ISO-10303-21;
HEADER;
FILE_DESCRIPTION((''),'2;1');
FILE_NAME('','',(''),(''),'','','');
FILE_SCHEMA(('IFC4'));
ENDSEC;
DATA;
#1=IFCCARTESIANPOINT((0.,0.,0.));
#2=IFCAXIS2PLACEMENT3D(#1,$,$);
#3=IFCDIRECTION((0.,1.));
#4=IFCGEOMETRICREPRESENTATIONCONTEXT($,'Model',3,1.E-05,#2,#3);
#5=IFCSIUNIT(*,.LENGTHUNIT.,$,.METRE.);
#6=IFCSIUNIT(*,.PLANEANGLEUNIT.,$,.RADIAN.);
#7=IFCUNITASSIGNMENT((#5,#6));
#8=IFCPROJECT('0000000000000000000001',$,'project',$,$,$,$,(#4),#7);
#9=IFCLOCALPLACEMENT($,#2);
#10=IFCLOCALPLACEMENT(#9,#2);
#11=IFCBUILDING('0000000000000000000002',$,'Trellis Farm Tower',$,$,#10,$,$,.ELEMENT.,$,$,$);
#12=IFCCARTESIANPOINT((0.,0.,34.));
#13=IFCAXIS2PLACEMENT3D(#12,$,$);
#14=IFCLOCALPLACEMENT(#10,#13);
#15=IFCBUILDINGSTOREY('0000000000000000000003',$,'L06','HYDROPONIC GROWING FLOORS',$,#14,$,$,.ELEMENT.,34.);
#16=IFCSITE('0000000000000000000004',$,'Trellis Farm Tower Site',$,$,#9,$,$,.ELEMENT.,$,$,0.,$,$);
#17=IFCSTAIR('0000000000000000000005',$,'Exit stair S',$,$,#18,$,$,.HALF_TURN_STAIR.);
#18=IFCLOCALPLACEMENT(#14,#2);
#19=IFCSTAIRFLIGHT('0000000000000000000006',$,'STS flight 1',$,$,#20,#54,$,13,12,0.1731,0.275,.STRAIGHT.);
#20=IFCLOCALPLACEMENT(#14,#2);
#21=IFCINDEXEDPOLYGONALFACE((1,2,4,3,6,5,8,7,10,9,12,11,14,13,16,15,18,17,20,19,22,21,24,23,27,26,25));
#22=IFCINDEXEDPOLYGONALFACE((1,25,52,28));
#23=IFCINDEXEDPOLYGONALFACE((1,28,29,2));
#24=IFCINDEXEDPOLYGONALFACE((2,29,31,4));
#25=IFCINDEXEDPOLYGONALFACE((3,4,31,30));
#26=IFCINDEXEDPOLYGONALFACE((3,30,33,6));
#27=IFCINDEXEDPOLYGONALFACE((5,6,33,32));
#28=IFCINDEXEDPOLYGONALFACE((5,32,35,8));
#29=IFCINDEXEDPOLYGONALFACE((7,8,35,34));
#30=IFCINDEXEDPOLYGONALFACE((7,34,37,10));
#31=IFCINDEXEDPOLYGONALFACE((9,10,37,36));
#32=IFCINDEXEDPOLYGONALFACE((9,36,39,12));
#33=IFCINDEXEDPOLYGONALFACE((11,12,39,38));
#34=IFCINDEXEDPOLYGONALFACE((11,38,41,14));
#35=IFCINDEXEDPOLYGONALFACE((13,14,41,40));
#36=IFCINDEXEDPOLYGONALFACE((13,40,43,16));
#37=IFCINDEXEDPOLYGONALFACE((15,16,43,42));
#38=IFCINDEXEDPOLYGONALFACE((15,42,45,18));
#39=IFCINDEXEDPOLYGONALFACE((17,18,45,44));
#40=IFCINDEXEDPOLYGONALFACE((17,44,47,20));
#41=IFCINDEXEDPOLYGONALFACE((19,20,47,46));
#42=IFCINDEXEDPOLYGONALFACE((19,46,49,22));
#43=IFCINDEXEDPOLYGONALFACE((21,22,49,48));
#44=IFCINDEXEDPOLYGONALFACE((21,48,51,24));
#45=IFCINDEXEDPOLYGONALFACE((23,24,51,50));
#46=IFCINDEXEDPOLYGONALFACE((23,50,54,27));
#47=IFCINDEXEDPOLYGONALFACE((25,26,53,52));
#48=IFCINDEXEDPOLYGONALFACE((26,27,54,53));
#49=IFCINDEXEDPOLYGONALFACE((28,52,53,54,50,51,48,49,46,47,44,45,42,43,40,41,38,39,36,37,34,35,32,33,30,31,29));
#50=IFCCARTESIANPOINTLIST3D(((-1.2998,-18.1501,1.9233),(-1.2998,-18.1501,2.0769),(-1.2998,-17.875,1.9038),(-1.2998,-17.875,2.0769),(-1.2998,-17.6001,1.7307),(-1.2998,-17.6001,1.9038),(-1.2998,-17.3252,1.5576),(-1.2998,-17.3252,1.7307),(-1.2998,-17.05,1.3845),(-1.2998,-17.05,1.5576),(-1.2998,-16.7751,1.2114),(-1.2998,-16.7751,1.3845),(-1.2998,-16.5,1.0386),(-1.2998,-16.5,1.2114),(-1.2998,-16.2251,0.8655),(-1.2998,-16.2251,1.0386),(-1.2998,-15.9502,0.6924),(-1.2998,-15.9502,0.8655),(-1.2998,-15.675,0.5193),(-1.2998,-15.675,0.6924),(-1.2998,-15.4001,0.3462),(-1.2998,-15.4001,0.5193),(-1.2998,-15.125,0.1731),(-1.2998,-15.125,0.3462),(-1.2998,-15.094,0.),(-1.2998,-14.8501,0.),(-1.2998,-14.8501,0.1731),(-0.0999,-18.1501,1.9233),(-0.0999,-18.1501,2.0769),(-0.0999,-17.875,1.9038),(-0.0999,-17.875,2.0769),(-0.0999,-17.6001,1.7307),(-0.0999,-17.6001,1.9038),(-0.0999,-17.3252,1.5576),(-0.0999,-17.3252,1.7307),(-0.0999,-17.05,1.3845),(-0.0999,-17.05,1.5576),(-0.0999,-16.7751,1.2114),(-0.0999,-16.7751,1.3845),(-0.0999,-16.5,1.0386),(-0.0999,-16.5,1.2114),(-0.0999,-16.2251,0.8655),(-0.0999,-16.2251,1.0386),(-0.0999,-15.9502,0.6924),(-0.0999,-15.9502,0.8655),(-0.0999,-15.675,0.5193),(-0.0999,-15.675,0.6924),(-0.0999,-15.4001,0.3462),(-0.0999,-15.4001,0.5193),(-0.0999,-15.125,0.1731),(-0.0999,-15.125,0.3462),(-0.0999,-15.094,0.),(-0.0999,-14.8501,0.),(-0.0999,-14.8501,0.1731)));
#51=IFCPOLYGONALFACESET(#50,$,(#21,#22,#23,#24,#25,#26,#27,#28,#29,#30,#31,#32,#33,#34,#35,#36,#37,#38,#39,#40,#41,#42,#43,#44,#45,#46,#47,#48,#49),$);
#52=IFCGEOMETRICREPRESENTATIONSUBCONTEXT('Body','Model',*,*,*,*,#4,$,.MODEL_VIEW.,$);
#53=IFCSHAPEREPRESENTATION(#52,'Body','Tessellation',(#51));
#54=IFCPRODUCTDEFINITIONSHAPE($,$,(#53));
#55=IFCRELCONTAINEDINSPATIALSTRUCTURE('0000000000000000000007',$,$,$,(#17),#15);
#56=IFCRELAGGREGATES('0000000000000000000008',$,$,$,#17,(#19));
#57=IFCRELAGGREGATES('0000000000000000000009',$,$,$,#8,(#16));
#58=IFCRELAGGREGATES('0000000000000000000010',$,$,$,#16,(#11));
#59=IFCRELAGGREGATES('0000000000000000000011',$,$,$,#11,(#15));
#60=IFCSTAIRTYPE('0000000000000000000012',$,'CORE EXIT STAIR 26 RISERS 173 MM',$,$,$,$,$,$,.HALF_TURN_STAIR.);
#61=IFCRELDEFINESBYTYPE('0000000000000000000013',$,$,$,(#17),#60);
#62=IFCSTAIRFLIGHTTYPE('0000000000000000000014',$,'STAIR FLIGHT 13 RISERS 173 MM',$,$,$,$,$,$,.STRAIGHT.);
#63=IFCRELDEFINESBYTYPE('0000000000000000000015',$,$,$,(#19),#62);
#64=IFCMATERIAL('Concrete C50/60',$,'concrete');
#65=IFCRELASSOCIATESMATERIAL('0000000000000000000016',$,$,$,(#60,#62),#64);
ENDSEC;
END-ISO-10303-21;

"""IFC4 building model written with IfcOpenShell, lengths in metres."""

from ifc_helpers import new_model, si_unit, direction, frame, origin, place, context, subcontext, project, spatial, polyline, outline, extrude, source, transform, mapped, material, type_object, element, aggregate, save


model = new_model("IFC4")

# Units and contexts
model_context = context("Model", 3, precision=1e-05, world=origin(), true_north=direction((0.0, 1.0)))
body_context = subcontext(model_context, "Body", "Model", "MODEL_VIEW")
ifc_project = project(units=[si_unit("LENGTHUNIT", "METRE"), si_unit("PLANEANGLEUNIT", "RADIAN")], contexts=[model_context])

# Site, building, storey
site_placement = place(None, origin())
site = spatial("IfcSite", under=ifc_project, at=site_placement, Name="Trellis Farm Tower Site", CompositionType="ELEMENT", RefElevation=0.0)
building_placement = place(site_placement, origin())
building = spatial("IfcBuilding", under=site, at=building_placement, Name="Trellis Farm Tower", CompositionType="ELEMENT")
storey_placement = place(building_placement, frame((0.0, 0.0, 34.0)))
storey = spatial("IfcBuildingStorey", under=building, at=storey_placement, Name="L06", Description="HYDROPONIC GROWING FLOORS", CompositionType="ELEMENT", Elevation=34.0)

# Shared definitions
placement = place(storey_placement, origin())

# Stair, stair flight
ifc_material_1 = material(Name="Concrete C50/60", Category="concrete")
stair_type = type_object("IfcStairType", Name="CORE EXIT STAIR 26 RISERS 173 MM", PredefinedType="HALF_TURN_STAIR", material=ifc_material_1)
stair = element("IfcStair", 1, at=placement, inside=storey, type_object=stair_type, Name="Exit stair S", PredefinedType="HALF_TURN_STAIR")
stair_flight_type = type_object("IfcStairFlightType", Name="STAIR FLIGHT 13 RISERS 173 MM", PredefinedType="STRAIGHT", material=ifc_material_1)
shared_shape_1 = source(origin(), body_context, "Body", "SweptSolid", [
    extrude(outline(polyline([(0.0, 0.0), (0.0, 0.1731), (0.2749, 0.1731), (0.2749, 0.3462), (0.55, 0.3462), (0.55, 0.5193), (0.825, 0.5193), (0.825, 0.6924), (1.1001, 0.6924), (1.1001, 0.8655), (1.375, 0.8655), (1.375, 1.0386), (1.6499, 1.0386), (1.6499, 1.2114), (1.925, 1.2114), (1.925, 1.3845), (2.2, 1.3845), (2.2, 1.5576), (2.4751, 1.5576), (2.4751, 1.7307), (2.75, 1.7307), (2.75, 1.9038), (3.0249, 1.9038), (3.0249, 2.0769), (3.3, 2.0769), (3.3, 2.25), (3.3, 1.9233), (0.2439, 0.0), (0.0, 0.0)])), frame((0.0, 0.6001, 0.0), z_axis=(0.0, -1.0, 0.0), x_axis=(1.0, 0.0, 0.0)), (0.0, 0.0, 1.0), 1.2),
])
stair_flight_placement = place(storey_placement, frame((-0.7, -14.8501, 0.0), z_axis=(0.0, 0.0, 1.0), x_axis=(0.0, -1.0, 0.0)))
stair_flight = element("IfcStairFlight", 2, at=stair_flight_placement, type_object=stair_flight_type, Name="STS flight 1", NumberOfRisers=13, NumberOfTreads=12, PredefinedType="STRAIGHT", RiserHeight=0.1731, TreadLength=0.275, context=body_context, shape_type="MappedRepresentation", body=[
    mapped(shared_shape_1, transform((0.0, 0.0, 0.0))),
])
aggregate(stair, [stair_flight])

save(model, "model.ifc")
